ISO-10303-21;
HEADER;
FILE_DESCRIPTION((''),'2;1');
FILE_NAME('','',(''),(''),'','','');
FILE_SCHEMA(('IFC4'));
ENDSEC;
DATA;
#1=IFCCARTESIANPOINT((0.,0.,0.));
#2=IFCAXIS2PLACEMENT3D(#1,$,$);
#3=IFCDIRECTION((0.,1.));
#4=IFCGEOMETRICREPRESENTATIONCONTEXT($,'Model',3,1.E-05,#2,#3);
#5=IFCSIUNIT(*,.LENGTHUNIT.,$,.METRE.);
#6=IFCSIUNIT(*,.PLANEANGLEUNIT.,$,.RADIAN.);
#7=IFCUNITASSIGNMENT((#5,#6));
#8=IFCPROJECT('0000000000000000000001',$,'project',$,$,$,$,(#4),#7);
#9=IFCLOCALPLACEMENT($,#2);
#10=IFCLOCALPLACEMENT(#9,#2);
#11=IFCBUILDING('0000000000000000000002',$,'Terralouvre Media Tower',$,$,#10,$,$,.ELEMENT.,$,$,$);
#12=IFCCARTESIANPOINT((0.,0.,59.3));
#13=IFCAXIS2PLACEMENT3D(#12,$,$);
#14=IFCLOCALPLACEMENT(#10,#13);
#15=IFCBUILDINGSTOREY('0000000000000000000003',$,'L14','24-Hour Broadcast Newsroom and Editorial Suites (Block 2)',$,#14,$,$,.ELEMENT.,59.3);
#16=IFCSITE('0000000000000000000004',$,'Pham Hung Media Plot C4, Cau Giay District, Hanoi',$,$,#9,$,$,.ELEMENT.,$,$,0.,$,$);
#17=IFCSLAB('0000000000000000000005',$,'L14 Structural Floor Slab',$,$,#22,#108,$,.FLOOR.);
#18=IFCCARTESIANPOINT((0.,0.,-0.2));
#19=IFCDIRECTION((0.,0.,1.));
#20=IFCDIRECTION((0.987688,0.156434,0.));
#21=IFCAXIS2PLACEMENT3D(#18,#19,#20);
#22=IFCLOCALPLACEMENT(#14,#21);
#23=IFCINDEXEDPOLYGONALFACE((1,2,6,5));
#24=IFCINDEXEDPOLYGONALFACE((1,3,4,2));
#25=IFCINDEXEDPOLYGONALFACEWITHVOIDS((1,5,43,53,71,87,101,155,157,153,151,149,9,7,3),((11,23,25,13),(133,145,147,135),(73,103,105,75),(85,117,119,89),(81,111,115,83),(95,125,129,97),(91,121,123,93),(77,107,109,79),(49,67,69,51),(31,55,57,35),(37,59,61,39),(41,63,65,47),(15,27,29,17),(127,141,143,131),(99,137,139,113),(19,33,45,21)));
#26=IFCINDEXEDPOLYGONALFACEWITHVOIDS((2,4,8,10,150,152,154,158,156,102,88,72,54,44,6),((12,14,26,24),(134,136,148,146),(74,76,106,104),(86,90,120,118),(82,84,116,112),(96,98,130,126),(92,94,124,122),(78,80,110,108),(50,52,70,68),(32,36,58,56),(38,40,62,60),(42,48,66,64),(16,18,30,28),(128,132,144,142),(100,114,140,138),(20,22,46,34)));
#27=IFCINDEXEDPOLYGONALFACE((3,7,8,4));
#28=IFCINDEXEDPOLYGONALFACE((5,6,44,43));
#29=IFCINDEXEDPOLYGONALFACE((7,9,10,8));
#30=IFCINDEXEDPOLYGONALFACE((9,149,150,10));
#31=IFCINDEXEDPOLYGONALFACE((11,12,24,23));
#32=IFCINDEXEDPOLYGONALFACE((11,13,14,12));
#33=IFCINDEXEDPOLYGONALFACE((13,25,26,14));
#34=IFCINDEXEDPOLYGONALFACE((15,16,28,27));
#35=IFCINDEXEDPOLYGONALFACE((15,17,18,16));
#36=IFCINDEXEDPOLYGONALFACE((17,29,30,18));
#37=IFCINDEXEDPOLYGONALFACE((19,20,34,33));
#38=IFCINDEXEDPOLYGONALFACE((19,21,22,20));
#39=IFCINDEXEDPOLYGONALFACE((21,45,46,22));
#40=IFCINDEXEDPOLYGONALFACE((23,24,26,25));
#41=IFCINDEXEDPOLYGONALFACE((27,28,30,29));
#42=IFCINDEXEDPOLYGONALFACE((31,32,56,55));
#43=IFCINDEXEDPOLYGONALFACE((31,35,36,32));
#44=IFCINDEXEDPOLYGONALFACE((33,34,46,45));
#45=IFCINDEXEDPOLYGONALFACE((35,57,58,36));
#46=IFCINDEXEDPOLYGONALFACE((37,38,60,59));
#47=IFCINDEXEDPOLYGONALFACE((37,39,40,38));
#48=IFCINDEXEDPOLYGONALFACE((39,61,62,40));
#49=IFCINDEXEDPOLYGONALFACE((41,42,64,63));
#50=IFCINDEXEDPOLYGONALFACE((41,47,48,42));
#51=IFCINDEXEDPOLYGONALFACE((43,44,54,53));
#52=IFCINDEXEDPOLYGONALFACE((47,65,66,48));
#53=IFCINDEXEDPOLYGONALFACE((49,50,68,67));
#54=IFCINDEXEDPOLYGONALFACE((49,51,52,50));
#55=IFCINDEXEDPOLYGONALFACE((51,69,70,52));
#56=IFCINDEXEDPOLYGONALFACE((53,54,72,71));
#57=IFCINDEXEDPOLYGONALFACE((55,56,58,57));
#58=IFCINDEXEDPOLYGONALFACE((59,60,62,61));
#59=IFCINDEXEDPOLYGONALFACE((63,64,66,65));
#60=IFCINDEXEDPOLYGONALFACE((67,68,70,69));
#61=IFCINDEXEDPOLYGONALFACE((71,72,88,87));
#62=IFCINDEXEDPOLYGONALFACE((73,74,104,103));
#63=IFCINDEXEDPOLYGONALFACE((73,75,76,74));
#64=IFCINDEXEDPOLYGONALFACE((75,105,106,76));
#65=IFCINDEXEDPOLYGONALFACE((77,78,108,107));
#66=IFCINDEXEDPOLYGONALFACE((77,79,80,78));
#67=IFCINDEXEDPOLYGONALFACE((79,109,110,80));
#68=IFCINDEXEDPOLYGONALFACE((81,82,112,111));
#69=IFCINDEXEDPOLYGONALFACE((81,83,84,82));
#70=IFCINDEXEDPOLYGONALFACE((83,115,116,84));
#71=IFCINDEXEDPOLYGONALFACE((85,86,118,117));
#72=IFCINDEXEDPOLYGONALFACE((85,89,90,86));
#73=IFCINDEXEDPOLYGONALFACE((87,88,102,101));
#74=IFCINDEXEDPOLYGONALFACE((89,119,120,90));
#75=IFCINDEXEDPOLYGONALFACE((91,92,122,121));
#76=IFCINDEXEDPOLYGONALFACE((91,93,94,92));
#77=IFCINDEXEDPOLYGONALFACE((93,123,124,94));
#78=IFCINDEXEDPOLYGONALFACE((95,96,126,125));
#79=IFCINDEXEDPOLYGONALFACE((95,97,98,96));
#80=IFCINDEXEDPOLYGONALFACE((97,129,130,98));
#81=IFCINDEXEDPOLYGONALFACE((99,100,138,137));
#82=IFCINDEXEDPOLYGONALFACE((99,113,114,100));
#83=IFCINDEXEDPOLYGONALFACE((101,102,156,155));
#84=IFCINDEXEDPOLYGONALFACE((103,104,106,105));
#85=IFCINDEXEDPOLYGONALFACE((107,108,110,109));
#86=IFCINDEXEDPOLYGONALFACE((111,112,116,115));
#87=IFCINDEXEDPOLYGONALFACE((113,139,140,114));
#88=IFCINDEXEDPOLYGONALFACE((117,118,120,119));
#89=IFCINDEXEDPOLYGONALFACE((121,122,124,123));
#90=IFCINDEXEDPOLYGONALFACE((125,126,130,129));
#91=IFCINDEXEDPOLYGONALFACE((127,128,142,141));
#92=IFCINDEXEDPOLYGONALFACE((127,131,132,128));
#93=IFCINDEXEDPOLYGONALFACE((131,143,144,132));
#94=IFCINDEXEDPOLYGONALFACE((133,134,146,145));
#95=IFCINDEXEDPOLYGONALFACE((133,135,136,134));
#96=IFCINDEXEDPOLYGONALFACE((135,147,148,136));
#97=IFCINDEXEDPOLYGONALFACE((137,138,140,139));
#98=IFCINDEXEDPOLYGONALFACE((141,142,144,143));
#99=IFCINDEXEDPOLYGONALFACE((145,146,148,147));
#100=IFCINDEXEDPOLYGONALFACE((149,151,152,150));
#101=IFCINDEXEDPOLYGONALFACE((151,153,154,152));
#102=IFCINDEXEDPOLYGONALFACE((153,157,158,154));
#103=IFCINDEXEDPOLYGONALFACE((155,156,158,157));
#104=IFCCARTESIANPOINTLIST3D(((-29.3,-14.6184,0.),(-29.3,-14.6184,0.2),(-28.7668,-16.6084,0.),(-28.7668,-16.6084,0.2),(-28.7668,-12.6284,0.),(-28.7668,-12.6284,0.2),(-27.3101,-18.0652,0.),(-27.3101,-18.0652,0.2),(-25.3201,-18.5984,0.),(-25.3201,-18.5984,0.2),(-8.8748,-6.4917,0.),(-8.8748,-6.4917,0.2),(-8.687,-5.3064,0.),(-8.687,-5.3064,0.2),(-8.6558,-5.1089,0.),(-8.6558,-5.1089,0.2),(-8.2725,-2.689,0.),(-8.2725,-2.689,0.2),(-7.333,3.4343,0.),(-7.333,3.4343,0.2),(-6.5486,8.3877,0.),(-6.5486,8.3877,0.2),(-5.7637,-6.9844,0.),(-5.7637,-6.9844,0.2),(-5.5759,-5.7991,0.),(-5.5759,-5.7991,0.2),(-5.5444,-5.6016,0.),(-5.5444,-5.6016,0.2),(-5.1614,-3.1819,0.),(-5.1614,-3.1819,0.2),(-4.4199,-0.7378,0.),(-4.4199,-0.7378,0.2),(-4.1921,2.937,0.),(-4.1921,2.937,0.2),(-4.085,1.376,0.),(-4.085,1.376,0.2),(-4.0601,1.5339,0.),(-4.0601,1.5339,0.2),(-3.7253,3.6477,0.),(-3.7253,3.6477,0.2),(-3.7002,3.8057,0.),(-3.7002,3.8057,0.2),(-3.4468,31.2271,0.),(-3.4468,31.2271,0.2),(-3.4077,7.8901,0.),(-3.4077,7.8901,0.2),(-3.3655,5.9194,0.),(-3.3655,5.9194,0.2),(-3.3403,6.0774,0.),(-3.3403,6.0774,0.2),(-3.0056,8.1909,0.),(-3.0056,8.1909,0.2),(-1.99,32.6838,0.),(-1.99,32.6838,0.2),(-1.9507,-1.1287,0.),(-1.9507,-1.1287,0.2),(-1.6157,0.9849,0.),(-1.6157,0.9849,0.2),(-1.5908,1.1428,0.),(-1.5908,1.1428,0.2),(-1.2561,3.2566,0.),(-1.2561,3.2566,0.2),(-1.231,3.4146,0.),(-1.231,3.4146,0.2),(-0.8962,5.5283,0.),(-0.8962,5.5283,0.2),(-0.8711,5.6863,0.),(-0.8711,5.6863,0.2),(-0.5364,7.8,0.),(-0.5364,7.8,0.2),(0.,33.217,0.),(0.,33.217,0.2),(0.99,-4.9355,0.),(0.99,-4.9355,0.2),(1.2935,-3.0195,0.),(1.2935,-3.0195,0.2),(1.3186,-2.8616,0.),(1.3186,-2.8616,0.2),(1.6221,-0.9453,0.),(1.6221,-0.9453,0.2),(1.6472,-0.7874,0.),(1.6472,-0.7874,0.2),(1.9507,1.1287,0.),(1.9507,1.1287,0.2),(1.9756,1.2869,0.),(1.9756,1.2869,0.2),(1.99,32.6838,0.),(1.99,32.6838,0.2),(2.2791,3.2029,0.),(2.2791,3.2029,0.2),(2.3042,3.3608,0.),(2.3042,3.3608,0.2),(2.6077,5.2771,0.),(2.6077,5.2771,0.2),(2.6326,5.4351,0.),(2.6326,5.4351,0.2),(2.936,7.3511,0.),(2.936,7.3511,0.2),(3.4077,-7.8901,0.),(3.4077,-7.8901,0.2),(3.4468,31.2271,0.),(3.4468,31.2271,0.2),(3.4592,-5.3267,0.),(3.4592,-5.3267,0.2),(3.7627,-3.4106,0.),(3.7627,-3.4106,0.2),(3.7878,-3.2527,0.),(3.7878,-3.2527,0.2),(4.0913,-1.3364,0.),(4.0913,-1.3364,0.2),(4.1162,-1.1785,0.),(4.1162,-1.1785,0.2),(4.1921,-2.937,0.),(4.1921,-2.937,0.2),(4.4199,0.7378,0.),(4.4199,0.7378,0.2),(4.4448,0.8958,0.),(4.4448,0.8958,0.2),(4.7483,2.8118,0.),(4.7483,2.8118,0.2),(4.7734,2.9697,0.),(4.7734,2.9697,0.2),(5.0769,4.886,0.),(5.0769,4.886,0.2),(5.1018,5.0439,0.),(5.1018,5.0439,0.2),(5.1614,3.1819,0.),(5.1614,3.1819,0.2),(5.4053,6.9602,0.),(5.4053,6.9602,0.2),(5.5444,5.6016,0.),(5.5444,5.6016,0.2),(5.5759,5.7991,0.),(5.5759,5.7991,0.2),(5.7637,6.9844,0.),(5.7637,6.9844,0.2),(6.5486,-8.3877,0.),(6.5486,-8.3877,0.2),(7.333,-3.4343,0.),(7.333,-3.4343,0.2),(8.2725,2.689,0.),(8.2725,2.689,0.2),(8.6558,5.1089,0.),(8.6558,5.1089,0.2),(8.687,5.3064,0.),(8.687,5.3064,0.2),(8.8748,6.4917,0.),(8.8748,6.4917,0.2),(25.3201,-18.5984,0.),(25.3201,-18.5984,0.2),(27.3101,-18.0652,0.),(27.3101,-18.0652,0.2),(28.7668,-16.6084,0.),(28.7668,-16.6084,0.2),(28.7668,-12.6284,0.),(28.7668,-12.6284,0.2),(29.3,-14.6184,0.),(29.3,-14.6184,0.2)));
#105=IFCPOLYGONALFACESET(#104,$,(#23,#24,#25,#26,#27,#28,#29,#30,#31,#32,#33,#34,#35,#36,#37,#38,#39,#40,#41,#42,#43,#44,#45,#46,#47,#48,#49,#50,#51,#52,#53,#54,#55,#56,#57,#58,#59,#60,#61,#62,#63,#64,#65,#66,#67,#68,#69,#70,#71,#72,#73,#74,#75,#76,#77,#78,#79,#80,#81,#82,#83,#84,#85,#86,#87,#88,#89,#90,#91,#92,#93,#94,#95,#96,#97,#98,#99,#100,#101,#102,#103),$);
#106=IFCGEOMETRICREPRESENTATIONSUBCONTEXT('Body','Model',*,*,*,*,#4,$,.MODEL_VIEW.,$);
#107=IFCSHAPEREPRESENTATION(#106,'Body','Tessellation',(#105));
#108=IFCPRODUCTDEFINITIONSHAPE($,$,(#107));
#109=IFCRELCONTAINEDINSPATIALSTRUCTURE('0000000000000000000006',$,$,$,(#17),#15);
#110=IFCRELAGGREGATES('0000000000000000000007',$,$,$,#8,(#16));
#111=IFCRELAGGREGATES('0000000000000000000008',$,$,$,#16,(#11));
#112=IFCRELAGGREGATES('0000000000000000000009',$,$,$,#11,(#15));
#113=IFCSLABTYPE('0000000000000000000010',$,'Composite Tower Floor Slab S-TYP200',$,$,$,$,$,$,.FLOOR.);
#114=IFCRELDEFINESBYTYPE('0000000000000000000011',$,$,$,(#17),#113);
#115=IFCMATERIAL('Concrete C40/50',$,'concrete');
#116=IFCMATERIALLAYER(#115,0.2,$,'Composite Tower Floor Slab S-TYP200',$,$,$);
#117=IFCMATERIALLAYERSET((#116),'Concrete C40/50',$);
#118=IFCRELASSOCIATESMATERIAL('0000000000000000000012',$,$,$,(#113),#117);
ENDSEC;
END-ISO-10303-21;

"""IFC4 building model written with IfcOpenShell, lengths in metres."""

from ifc_helpers import new_model, si_unit, direction, frame, origin, place, context, subcontext, project, spatial, polyline, outline, extrude, material, layer, layer_set, type_object, element, save


model = new_model("IFC4")

# Units and contexts
model_context = context("Model", 3, precision=1e-05, world=origin(), true_north=direction((0.0, 1.0)))
body_context = subcontext(model_context, "Body", "Model", "MODEL_VIEW")
ifc_project = project(units=[si_unit("LENGTHUNIT", "METRE"), si_unit("PLANEANGLEUNIT", "RADIAN")], contexts=[model_context])

# Site, building, storey
site_placement = place(None, origin())
site = spatial("IfcSite", under=ifc_project, at=site_placement, Name="Pham Hung Media Plot C4, Cau Giay District, Hanoi", CompositionType="ELEMENT", RefElevation=0.0)
building_placement = place(site_placement, origin())
building = spatial("IfcBuilding", under=site, at=building_placement, Name="Terralouvre Media Tower", CompositionType="ELEMENT")
storey_placement = place(building_placement, frame((0.0, 0.0, 59.3)))
storey = spatial("IfcBuildingStorey", under=building, at=storey_placement, Name="L14", Description="24-Hour Broadcast Newsroom and Editorial Suites (Block 2)", CompositionType="ELEMENT", Elevation=59.3)

# Slab
ifc_material_1 = material(Name="Concrete C40/50", Category="concrete")
ifc_layer_1 = layer(ifc_material_1, 0.2, Name="Composite Tower Floor Slab S-TYP200")
ifc_layer_set_1 = layer_set([ifc_layer_1], Name="Concrete C40/50")
slab_type = type_object("IfcSlabType", Name="Composite Tower Floor Slab S-TYP200", PredefinedType="FLOOR", material=ifc_layer_set_1)
slab_placement = place(storey_placement, frame((0.0, 0.0, -0.2), z_axis=(0.0, 0.0, 1.0), x_axis=(0.987688, 0.156434, 0.0)))
element("IfcSlab", 1, at=slab_placement, inside=storey, type_object=slab_type, Name="L14 Structural Floor Slab", PredefinedType="FLOOR", context=body_context, shape_type="SweptSolid", body=[
    extrude(outline(polyline([(-28.7668, -12.6284), (-29.3, -14.6184), (-28.7668, -16.6084), (-27.3101, -18.0652), (-25.3201, -18.5984), (25.3201, -18.5984), (27.3101, -18.0652), (28.7668, -16.6084), (29.3, -14.6184), (28.7668, -12.6284), (3.4468, 31.2271), (1.99, 32.6838), (0.0, 33.217), (-1.99, 32.6838), (-3.4468, 31.2271), (-28.7668, -12.6284)]), holes=[polyline([(-5.7637, -6.9844), (-8.8748, -6.4917), (-8.687, -5.3064), (-5.5759, -5.7991), (-5.7637, -6.9844)]), polyline([(-5.5444, -5.6016), (-8.6558, -5.1089), (-8.2725, -2.689), (-5.1614, -3.1819), (-5.5444, -5.6016)]), polyline([(-1.9507, -1.1287), (-4.4199, -0.7378), (-4.085, 1.376), (-1.6157, 0.9849), (-1.9507, -1.1287)]), polyline([(-1.5908, 1.1428), (-4.0601, 1.5339), (-3.7253, 3.6477), (-1.2561, 3.2566), (-1.5908, 1.1428)]), polyline([(4.4448, 0.8958), (1.9756, 1.2869), (2.2791, 3.2029), (4.7483, 2.8118), (4.4448, 0.8958)]), polyline([(-1.231, 3.4146), (-3.7002, 3.8057), (-3.3655, 5.9194), (-0.8962, 5.5283), (-1.231, 3.4146)]), polyline([(-4.1921, 2.937), (-7.333, 3.4343), (-6.5486, 8.3877), (-3.4077, 7.8901), (-4.1921, 2.937)]), polyline([(-0.8711, 5.6863), (-3.3403, 6.0774), (-3.0056, 8.1909), (-0.5364, 7.8), (-0.8711, 5.6863)]), polyline([(4.1921, -2.937), (7.333, -3.4343), (6.5486, -8.3877), (3.4077, -7.8901), (4.1921, -2.937)]), polyline([(3.4592, -5.3267), (0.99, -4.9355), (1.2935, -3.0195), (3.7627, -3.4106), (3.4592, -5.3267)]), polyline([(3.7878, -3.2527), (1.3186, -2.8616), (1.6221, -0.9453), (4.0913, -1.3364), (3.7878, -3.2527)]), polyline([(4.1162, -1.1785), (1.6472, -0.7874), (1.9507, 1.1287), (4.4199, 0.7378), (4.1162, -1.1785)]), polyline([(4.7734, 2.9697), (2.3042, 3.3608), (2.6077, 5.2771), (5.0769, 4.886), (4.7734, 2.9697)]), polyline([(8.2725, 2.689), (5.1614, 3.1819), (5.5444, 5.6016), (8.6558, 5.1089), (8.2725, 2.689)]), polyline([(5.1018, 5.0439), (2.6326, 5.4351), (2.936, 7.3511), (5.4053, 6.9602), (5.1018, 5.0439)]), polyline([(8.687, 5.3064), (5.5759, 5.7991), (5.7637, 6.9844), (8.8748, 6.4917), (8.687, 5.3064)])]), origin(), (0.0, 0.0, 1.0), 0.2),
])

save(model, "model.ifc")
